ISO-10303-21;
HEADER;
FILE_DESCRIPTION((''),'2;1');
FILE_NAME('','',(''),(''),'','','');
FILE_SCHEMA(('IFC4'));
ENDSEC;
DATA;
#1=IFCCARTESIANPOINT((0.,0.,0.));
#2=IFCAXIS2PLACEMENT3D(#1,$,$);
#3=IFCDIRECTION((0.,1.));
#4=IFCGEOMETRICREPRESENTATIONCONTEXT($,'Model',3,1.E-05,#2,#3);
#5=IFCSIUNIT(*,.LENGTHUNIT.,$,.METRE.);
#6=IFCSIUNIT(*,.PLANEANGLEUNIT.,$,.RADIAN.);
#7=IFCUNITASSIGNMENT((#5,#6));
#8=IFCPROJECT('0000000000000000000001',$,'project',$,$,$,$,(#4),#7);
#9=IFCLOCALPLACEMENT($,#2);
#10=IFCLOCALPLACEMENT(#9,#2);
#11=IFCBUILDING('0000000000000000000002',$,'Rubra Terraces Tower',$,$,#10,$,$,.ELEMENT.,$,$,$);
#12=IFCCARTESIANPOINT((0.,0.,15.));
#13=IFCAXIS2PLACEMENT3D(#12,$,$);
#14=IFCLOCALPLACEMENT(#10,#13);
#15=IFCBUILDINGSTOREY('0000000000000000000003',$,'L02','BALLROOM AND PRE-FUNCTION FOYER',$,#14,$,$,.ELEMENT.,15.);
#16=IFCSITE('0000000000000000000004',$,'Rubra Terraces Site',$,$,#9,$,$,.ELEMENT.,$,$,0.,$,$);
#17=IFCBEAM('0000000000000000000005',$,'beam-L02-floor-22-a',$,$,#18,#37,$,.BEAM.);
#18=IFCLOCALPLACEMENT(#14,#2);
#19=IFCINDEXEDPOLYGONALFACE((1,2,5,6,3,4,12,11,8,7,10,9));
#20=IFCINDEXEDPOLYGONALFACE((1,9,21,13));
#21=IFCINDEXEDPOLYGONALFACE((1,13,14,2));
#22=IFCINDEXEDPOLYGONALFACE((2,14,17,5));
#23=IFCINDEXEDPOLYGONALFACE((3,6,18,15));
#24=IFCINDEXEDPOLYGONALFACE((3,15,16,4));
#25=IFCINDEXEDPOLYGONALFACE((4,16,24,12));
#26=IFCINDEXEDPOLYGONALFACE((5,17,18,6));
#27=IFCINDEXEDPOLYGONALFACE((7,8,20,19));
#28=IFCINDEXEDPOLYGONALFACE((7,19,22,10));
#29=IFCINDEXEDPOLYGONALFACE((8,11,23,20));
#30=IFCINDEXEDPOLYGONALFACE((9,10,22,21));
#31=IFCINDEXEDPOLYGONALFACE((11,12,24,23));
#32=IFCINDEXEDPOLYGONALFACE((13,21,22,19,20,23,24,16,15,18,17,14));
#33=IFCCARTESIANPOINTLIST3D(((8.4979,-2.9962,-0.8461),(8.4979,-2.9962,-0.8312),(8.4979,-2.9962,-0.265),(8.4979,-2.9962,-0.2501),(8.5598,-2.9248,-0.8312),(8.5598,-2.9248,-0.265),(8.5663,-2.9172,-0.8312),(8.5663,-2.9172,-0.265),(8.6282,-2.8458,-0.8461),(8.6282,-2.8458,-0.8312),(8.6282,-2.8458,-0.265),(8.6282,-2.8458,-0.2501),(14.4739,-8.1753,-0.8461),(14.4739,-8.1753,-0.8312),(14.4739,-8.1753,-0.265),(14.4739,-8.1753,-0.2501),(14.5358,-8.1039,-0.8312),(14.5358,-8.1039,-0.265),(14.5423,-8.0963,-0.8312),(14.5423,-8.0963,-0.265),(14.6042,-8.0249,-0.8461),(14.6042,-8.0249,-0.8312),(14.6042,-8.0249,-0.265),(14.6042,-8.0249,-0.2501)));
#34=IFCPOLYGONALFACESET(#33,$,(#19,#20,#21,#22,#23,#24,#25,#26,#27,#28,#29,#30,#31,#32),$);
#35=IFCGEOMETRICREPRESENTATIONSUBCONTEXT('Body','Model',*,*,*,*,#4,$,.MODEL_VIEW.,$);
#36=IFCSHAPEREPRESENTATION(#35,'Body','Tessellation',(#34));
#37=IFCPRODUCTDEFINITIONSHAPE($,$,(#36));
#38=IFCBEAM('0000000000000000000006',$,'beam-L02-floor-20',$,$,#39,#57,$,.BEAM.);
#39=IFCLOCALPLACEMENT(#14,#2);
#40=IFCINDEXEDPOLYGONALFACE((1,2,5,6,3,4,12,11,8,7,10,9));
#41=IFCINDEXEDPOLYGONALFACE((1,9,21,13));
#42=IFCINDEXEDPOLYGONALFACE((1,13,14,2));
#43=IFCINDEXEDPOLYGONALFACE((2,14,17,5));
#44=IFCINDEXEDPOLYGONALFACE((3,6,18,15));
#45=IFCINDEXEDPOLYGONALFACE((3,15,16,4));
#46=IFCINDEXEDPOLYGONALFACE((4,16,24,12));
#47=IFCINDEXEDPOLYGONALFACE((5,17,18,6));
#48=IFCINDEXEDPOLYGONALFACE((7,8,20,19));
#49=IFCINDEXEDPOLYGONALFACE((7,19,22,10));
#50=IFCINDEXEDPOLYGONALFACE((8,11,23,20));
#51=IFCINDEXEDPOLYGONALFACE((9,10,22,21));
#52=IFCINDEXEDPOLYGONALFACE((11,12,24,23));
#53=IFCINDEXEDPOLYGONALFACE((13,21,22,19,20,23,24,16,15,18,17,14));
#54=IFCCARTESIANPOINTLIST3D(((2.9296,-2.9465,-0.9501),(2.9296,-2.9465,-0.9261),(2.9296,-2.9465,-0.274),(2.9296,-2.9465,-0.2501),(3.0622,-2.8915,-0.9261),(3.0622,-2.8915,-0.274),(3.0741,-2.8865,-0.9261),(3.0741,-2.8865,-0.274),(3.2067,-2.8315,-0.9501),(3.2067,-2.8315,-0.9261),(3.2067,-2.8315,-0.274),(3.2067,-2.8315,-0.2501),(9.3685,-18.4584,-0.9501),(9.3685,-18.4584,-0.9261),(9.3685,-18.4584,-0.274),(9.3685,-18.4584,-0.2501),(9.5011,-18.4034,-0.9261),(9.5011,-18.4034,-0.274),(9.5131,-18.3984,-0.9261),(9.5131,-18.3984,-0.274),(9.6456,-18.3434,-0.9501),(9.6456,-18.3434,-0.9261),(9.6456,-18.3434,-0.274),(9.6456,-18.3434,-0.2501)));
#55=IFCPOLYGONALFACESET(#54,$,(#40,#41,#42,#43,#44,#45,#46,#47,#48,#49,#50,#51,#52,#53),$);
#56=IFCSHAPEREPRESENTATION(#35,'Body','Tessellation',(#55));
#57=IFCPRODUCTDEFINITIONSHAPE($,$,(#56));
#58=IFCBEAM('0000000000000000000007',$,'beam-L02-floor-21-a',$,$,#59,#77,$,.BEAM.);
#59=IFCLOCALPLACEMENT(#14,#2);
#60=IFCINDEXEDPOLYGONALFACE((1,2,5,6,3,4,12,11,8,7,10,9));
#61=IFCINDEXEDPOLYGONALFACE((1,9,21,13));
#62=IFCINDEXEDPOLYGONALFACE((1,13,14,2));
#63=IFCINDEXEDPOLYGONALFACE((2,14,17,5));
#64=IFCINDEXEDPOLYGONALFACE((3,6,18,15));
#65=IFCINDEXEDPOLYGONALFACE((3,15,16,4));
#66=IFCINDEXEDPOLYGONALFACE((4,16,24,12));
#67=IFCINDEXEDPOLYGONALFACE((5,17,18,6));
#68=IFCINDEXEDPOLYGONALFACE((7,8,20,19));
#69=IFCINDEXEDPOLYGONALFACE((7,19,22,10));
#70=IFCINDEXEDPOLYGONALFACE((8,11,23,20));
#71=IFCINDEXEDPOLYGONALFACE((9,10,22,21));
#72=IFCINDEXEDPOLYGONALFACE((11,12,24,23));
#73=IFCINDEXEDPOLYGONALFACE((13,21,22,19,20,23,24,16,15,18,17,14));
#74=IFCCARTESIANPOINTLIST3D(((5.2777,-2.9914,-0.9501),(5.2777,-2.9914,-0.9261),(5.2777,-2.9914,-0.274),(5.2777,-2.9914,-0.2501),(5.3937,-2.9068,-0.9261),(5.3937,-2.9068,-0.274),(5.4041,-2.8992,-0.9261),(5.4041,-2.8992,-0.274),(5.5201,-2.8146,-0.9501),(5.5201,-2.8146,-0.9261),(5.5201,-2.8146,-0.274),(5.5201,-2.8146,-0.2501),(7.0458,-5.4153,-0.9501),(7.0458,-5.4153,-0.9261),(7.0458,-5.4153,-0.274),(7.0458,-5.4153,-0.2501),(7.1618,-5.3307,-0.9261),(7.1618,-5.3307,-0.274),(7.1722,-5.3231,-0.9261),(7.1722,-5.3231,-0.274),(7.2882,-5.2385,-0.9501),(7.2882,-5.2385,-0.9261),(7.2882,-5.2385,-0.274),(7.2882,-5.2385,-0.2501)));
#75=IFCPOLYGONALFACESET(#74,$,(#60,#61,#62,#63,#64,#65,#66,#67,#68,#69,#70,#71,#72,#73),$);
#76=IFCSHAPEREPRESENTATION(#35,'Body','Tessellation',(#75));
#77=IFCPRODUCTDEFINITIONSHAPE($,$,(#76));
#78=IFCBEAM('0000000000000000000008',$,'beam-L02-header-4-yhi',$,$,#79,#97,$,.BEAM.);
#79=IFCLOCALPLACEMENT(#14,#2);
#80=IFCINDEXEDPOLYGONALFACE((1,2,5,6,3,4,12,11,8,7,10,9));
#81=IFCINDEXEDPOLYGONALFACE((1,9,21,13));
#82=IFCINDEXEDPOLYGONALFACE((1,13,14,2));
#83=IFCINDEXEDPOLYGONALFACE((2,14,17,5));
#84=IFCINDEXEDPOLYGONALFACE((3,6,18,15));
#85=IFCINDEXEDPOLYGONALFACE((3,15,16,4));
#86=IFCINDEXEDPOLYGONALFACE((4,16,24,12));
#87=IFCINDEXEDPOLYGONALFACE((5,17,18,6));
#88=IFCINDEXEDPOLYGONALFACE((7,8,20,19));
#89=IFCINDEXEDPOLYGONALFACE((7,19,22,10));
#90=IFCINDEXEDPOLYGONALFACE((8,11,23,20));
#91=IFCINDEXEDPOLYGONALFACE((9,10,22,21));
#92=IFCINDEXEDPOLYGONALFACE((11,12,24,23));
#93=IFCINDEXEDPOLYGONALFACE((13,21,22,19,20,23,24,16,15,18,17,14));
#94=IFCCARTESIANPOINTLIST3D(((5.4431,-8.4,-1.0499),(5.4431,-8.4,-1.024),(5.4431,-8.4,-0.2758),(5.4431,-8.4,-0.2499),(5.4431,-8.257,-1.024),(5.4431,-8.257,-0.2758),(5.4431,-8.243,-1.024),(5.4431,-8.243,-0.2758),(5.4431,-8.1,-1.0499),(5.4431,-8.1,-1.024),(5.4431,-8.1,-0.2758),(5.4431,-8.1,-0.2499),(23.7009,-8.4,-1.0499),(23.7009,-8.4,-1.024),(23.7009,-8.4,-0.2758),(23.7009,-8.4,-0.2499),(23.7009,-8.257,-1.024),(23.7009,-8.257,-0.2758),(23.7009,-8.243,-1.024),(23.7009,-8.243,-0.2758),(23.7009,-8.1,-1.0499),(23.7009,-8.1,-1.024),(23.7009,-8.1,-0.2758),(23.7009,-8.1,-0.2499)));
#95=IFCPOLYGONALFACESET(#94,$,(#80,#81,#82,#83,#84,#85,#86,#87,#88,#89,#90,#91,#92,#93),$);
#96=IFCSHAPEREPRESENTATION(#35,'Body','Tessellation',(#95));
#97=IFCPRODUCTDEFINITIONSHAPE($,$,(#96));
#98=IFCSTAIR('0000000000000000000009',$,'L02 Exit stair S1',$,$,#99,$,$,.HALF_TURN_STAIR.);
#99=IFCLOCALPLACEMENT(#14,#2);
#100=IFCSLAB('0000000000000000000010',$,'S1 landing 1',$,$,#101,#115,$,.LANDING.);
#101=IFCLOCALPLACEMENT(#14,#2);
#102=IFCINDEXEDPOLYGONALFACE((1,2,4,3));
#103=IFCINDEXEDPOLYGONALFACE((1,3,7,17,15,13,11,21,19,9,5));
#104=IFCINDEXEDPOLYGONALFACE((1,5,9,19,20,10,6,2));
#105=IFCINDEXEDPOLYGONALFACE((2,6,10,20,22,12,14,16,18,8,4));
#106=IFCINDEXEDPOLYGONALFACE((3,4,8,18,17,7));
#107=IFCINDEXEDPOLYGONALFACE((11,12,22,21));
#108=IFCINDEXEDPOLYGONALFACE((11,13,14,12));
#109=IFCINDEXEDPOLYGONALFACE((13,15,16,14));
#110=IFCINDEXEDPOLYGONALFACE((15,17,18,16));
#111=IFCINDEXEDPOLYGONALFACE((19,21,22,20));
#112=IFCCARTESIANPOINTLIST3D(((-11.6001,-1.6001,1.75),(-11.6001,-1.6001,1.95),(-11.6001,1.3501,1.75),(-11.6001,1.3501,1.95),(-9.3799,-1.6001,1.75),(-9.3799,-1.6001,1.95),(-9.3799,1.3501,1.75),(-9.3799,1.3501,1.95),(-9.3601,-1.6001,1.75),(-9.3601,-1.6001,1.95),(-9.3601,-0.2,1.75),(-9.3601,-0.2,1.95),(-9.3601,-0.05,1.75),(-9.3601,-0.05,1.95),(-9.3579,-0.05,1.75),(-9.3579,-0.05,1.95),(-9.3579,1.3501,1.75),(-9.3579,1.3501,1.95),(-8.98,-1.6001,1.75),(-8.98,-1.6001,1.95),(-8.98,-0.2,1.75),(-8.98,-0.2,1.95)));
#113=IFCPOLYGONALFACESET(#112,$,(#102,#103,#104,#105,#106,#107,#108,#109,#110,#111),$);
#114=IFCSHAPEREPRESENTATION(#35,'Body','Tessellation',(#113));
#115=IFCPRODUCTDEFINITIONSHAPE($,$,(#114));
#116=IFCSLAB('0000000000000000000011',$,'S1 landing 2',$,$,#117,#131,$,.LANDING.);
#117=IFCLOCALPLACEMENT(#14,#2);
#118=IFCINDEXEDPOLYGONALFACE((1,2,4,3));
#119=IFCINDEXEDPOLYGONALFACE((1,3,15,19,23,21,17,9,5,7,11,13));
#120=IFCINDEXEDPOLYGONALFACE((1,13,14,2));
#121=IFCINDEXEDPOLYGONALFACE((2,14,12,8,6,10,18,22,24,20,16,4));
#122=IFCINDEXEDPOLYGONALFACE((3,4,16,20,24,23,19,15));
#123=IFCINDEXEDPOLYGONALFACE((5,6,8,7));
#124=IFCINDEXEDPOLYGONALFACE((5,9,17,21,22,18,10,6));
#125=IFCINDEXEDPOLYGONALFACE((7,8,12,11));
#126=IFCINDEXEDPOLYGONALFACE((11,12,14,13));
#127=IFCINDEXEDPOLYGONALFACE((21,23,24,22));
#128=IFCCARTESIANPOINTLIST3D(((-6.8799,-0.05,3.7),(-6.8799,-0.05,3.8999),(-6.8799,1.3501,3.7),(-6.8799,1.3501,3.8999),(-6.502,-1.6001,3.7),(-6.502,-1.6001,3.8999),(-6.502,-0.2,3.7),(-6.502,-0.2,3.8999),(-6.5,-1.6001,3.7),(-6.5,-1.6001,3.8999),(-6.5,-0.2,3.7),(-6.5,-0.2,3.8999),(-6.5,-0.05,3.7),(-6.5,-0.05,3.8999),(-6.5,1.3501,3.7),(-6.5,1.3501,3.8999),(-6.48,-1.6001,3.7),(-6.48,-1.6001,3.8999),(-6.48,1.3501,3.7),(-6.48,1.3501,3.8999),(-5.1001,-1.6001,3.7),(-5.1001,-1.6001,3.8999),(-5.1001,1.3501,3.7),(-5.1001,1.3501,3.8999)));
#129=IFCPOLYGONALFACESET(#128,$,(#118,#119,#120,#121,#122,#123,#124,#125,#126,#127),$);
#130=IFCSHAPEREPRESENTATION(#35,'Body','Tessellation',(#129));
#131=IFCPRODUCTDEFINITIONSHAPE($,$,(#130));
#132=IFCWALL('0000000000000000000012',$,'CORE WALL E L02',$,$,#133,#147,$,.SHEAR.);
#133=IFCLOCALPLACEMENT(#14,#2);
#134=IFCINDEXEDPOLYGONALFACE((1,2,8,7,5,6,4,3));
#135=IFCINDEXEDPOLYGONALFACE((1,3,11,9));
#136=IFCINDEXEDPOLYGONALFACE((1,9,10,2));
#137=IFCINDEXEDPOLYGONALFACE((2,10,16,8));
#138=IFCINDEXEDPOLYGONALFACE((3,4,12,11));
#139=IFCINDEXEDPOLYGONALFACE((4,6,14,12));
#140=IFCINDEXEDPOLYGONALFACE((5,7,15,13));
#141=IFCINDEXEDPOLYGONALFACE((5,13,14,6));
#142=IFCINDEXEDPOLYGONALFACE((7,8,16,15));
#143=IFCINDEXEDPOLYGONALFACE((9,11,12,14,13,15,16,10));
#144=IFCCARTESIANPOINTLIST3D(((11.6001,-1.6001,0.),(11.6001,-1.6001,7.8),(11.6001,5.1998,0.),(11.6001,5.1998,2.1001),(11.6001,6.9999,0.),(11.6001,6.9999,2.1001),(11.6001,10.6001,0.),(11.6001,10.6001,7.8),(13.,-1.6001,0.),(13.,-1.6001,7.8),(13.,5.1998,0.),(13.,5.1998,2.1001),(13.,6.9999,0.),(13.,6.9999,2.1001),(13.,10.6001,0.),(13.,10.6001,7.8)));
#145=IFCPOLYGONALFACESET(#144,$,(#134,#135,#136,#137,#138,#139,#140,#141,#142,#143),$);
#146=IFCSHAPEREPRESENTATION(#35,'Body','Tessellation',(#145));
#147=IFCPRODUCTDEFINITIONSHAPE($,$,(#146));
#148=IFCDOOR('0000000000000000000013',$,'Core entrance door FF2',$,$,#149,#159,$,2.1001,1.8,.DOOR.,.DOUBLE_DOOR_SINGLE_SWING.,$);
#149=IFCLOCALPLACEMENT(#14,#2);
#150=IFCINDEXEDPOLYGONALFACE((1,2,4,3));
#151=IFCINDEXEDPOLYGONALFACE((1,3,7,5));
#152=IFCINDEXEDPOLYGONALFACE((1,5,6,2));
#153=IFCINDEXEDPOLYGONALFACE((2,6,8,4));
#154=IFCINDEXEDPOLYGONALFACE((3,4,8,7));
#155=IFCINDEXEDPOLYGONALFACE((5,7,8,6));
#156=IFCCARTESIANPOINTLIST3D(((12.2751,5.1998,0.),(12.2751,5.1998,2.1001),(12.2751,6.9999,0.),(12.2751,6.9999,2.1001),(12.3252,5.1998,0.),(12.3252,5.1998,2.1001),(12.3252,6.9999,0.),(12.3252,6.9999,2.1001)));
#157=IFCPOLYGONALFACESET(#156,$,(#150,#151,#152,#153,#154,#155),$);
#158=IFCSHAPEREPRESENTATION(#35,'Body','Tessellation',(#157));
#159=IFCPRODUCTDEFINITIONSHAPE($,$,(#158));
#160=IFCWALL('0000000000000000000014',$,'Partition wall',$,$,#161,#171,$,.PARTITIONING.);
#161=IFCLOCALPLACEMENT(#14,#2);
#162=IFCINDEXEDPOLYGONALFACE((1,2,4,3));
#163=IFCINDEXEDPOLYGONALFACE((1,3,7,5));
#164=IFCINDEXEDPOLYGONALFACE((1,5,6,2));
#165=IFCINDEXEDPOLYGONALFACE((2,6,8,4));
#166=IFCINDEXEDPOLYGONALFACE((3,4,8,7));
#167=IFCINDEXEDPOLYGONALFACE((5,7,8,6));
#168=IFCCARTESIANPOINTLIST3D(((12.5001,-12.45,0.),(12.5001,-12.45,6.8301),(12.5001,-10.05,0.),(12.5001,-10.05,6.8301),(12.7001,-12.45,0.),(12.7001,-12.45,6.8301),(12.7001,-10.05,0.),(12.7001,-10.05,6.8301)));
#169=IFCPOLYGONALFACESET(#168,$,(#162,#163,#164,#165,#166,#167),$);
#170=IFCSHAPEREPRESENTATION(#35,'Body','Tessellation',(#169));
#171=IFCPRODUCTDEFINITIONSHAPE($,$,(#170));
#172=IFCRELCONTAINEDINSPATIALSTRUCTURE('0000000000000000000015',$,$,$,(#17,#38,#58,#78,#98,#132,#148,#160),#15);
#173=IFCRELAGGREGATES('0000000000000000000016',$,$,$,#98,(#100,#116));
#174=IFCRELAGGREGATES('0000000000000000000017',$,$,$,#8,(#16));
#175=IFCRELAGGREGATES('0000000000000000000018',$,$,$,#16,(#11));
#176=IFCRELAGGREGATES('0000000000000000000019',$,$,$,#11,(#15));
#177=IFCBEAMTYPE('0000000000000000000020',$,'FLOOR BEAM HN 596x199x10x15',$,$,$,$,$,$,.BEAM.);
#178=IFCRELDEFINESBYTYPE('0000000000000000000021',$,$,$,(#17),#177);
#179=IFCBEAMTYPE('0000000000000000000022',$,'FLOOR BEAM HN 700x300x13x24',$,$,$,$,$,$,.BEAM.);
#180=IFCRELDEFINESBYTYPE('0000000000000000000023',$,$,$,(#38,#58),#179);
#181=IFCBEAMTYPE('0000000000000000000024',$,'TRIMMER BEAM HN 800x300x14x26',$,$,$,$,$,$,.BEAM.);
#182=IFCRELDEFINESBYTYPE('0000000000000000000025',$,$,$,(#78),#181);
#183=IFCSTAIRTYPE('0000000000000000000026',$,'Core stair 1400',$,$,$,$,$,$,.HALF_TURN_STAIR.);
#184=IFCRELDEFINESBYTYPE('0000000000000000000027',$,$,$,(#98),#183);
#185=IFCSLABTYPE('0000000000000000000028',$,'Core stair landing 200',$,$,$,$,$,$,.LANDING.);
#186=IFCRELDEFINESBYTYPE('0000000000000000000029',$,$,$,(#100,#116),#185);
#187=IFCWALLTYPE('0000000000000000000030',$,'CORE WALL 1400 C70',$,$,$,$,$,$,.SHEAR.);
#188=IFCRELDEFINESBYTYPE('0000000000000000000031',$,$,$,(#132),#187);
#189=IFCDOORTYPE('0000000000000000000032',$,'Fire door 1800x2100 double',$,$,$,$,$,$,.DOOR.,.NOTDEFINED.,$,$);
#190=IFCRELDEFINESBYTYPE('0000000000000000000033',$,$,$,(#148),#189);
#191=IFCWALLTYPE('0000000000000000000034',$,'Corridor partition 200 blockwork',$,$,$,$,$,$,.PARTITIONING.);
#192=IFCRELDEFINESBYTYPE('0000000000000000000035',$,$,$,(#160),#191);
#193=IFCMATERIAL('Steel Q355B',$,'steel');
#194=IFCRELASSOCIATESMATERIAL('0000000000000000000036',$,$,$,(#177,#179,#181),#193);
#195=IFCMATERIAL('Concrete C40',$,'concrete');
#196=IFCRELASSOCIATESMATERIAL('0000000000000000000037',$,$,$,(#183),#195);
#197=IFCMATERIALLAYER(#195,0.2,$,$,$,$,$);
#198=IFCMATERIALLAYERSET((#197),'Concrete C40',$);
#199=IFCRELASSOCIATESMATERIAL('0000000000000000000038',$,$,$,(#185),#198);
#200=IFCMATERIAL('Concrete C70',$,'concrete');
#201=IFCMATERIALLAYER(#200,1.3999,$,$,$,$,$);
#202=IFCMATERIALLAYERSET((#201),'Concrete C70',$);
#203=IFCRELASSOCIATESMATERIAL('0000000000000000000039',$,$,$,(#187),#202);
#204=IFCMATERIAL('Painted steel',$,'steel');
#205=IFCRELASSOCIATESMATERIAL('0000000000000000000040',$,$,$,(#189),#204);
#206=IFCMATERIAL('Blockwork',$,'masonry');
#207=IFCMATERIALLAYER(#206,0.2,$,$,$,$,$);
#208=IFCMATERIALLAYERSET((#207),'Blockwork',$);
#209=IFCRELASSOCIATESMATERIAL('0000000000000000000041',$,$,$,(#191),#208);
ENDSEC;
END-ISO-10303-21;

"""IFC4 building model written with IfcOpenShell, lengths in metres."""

from ifc_helpers import new_model, si_unit, direction, frame, frame_2d, origin, origin_2d, place, context, subcontext, project, spatial, polyline, rectangle, i_section, outline, extrude, material, layer, layer_set, material_profile, profile_set, type_object, element, fill, aggregate, save


model = new_model("IFC4")

# Units and contexts
model_context = context("Model", 3, precision=1e-05, world=origin(), true_north=direction((0.0, 1.0)))
body_context = subcontext(model_context, "Body", "Model", "MODEL_VIEW")
ifc_project = project(units=[si_unit("LENGTHUNIT", "METRE"), si_unit("PLANEANGLEUNIT", "RADIAN")], contexts=[model_context])

# Site, building, storey
site_placement = place(None, origin())
site = spatial("IfcSite", under=ifc_project, at=site_placement, Name="Rubra Terraces Site", CompositionType="ELEMENT", RefElevation=0.0)
building_placement = place(site_placement, origin())
building = spatial("IfcBuilding", under=site, at=building_placement, Name="Rubra Terraces Tower", CompositionType="ELEMENT")
storey_placement = place(building_placement, frame((0.0, 0.0, 15.0)))
storey = spatial("IfcBuildingStorey", under=building, at=storey_placement, Name="L02", Description="BALLROOM AND PRE-FUNCTION FOYER", CompositionType="ELEMENT", Elevation=15.0)

# Beams
ifc_material_1 = material(Name="Steel Q355B", Category="steel")
ifc_material_profile_1 = material_profile(ifc_material_1, i_section(OverallWidth=0.199, OverallDepth=0.5959, WebThickness=0.01, FlangeThickness=0.0149, at=origin_2d()), Name="HN 596x199x10x15")
ifc_profile_set_1 = profile_set([ifc_material_profile_1], Name="Steel Q355B")
beam_type_1 = type_object("IfcBeamType", Name="FLOOR BEAM HN 596x199x10x15", PredefinedType="BEAM", material=ifc_profile_set_1)
beam_1_placement = place(storey_placement, frame((14.5391, -8.1001, -0.5481), z_axis=(-0.755693, 0.654926, 0.0), x_axis=(-0.654926, -0.755693, 0.0)))
element("IfcBeam", 1, at=beam_1_placement, inside=storey, type_object=beam_type_1, Name="beam-L02-floor-22-a", PredefinedType="BEAM", context=body_context, shape_type="SweptSolid", body=[
    extrude(i_section(OverallWidth=0.199, OverallDepth=0.5959, WebThickness=0.01, FlangeThickness=0.0149, at=origin_2d()), origin(), (0.0, 0.0, 1.0), 7.908),
])
ifc_material_profile_2 = material_profile(ifc_material_1, i_section(OverallWidth=0.3, OverallDepth=0.7, WebThickness=0.0129, FlangeThickness=0.0239, at=origin_2d()), Name="HN 700x300x13x24")
ifc_profile_set_2 = profile_set([ifc_material_profile_2], Name="Steel Q355B")
beam_type_2 = type_object("IfcBeamType", Name="FLOOR BEAM HN 700x300x13x24", PredefinedType="BEAM", material=ifc_profile_set_2)
beam_2_placement = place(storey_placement, frame((9.5071, -18.4009, -0.6001), z_axis=(-0.38338, 0.923591, 0.0), x_axis=(-0.923591, -0.38338, 0.0)))
element("IfcBeam", 2, at=beam_2_placement, inside=storey, type_object=beam_type_2, Name="beam-L02-floor-20", PredefinedType="BEAM", context=body_context, shape_type="SweptSolid", body=[
    extrude(i_section(OverallWidth=0.3, OverallDepth=0.7, WebThickness=0.0129, FlangeThickness=0.0239, at=origin_2d()), origin(), (0.0, 0.0, 1.0), 16.7952),
])
beam_3_placement = place(storey_placement, frame((7.167, -5.3269, -0.6001), z_axis=(-0.589323, 0.807898, 0.0), x_axis=(-0.807898, -0.589323, 0.0)))
element("IfcBeam", 3, at=beam_3_placement, inside=storey, type_object=beam_type_2, Name="beam-L02-floor-21-a", PredefinedType="BEAM", context=body_context, shape_type="SweptSolid", body=[
    extrude(i_section(OverallWidth=0.3, OverallDepth=0.7, WebThickness=0.0129, FlangeThickness=0.0239, at=origin_2d()), origin(), (0.0, 0.0, 1.0), 3.0002),
])
ifc_material_profile_3 = material_profile(ifc_material_1, i_section(OverallWidth=0.3, OverallDepth=0.8, WebThickness=0.0139, FlangeThickness=0.0259, at=origin_2d()), Name="HN 800x300x14x26")
ifc_profile_set_3 = profile_set([ifc_material_profile_3], Name="Steel Q355B")
beam_type_3 = type_object("IfcBeamType", Name="TRIMMER BEAM HN 800x300x14x26", PredefinedType="BEAM", material=ifc_profile_set_3)
beam_4_placement = place(storey_placement, frame((5.4431, -8.25, -0.6499), z_axis=(1.0, 0.0, 0.0), x_axis=(0.0, 1.0, 0.0)))
element("IfcBeam", 4, at=beam_4_placement, inside=storey, type_object=beam_type_3, Name="beam-L02-header-4-yhi", PredefinedType="BEAM", context=body_context, shape_type="SweptSolid", body=[
    extrude(i_section(OverallWidth=0.3, OverallDepth=0.8, WebThickness=0.0139, FlangeThickness=0.0259, at=origin_2d()), origin(), (0.0, 0.0, 1.0), 18.2578),
])

# Stair, slabs
ifc_material_2 = material(Name="Concrete C40", Category="concrete")
stair_type = type_object("IfcStairType", Name="Core stair 1400", PredefinedType="HALF_TURN_STAIR", material=ifc_material_2)
stair_1_placement = place(storey_placement, origin())
stair_1 = element("IfcStair", 5, at=stair_1_placement, inside=storey, type_object=stair_type, Name="L02 Exit stair S1", PredefinedType="HALF_TURN_STAIR")
ifc_layer_1 = layer(ifc_material_2, 0.2)
ifc_layer_set_1 = layer_set([ifc_layer_1], Name="Concrete C40")
slab_type = type_object("IfcSlabType", Name="Core stair landing 200", PredefinedType="LANDING", material=ifc_layer_set_1)
slab_1_placement = place(storey_placement, frame((0.0, 0.0, 1.75)))
slab_1 = element("IfcSlab", 6, at=slab_1_placement, type_object=slab_type, Name="S1 landing 1", PredefinedType="LANDING", context=body_context, shape_type="SweptSolid", body=[
    extrude(outline(polyline([(-8.98, -0.2), (-8.98, -1.6001), (-9.3601, -1.6001), (-9.3799, -1.6001), (-11.6001, -1.6001), (-11.6001, 1.3501), (-9.3799, 1.3501), (-9.3579, 1.3501), (-9.3579, -0.05), (-9.3601, -0.05), (-9.3601, -0.2), (-8.98, -0.2)])), origin(), (0.0, 0.0, 1.0), 0.2),
])
slab_2_placement = place(storey_placement, frame((0.0, 0.0, 3.7)))
slab_2 = element("IfcSlab", 7, at=slab_2_placement, type_object=slab_type, Name="S1 landing 2", PredefinedType="LANDING", context=body_context, shape_type="SweptSolid", body=[
    extrude(outline(polyline([(-6.5, -0.2), (-6.5, -0.05), (-6.8799, -0.05), (-6.8799, 1.3501), (-6.5, 1.3501), (-6.48, 1.3501), (-5.1001, 1.3501), (-5.1001, -1.6001), (-6.48, -1.6001), (-6.5, -1.6001), (-6.502, -1.6001), (-6.502, -0.2), (-6.5, -0.2)])), origin(), (0.0, 0.0, 1.0), 0.2),
])
aggregate(stair_1, [slab_1, slab_2])

# Wall, opening, door
ifc_material_3 = material(Name="Concrete C70", Category="concrete")
ifc_layer_2 = layer(ifc_material_3, 1.3999)
ifc_layer_set_2 = layer_set([ifc_layer_2], Name="Concrete C70")
wall_type_1 = type_object("IfcWallType", Name="CORE WALL 1400 C70", PredefinedType="SHEAR", material=ifc_layer_set_2)
wall_1_placement = place(storey_placement, frame((12.3, -1.6001, 0.0), z_axis=(0.0, 0.0, 1.0), x_axis=(0.0, 1.0, 0.0)))
wall_1 = element("IfcWall", 8, at=wall_1_placement, inside=storey, type_object=wall_type_1, Name="CORE WALL E L02", PredefinedType="SHEAR", context=body_context, shape_type="SweptSolid", body=[
    extrude(rectangle(XDim=12.2002, YDim=1.3999, at=frame_2d((6.1001, 0.0))), origin(), (0.0, 0.0, 1.0), 7.8),
])
opening_placement = place(wall_1_placement, frame((6.8, 0.0, 0.0)))
opening = element("IfcOpeningElement", 9, at=opening_placement, cuts=wall_1, PredefinedType="OPENING", context=body_context, shape_type="SweptSolid", body=[
    extrude(rectangle(XDim=1.8, YDim=2.1001, at=frame_2d((0.8999, 1.05))), frame((0.0, 0.71, 0.0), z_axis=(0.0, -1.0, 0.0), x_axis=(1.0, 0.0, 0.0)), (0.0, 0.0, 1.0), 1.4199),
])
ifc_material_4 = material(Name="Painted steel", Category="steel")
door_type = type_object("IfcDoorType", Name="Fire door 1800x2100 double", OperationType="NOTDEFINED", PredefinedType="DOOR", material=ifc_material_4)
door_placement = place(opening_placement, origin())
door = element("IfcDoor", 10, at=door_placement, inside=storey, type_object=door_type, Name="Core entrance door FF2", OperationType="DOUBLE_DOOR_SINGLE_SWING", OverallHeight=2.1001, OverallWidth=1.8, PredefinedType="DOOR", context=body_context, shape_type="SweptSolid", body=[
    extrude(rectangle(XDim=1.8, YDim=2.1001, at=frame_2d((0.8999, 1.05))), frame((0.0, 0.0249, 0.0), z_axis=(0.0, -1.0, 0.0), x_axis=(1.0, 0.0, 0.0)), (0.0, 0.0, 1.0), 0.05),
])
fill(opening, door)

# Wall
ifc_material_5 = material(Name="Blockwork", Category="masonry")
ifc_layer_3 = layer(ifc_material_5, 0.2)
ifc_layer_set_3 = layer_set([ifc_layer_3], Name="Blockwork")
wall_type_2 = type_object("IfcWallType", Name="Corridor partition 200 blockwork", PredefinedType="PARTITIONING", material=ifc_layer_set_3)
wall_2_placement = place(storey_placement, frame((12.6001, -12.45, 0.0), z_axis=(0.0, 0.0, 1.0), x_axis=(0.0, 1.0, 0.0)))
element("IfcWall", 11, at=wall_2_placement, inside=storey, type_object=wall_type_2, Name="Partition wall", PredefinedType="PARTITIONING", context=body_context, shape_type="SweptSolid", body=[
    extrude(rectangle(XDim=2.3999, YDim=0.2, at=frame_2d((1.2, 0.0))), origin(), (0.0, 0.0, 1.0), 6.8301),
])

save(model, "model.ifc")
